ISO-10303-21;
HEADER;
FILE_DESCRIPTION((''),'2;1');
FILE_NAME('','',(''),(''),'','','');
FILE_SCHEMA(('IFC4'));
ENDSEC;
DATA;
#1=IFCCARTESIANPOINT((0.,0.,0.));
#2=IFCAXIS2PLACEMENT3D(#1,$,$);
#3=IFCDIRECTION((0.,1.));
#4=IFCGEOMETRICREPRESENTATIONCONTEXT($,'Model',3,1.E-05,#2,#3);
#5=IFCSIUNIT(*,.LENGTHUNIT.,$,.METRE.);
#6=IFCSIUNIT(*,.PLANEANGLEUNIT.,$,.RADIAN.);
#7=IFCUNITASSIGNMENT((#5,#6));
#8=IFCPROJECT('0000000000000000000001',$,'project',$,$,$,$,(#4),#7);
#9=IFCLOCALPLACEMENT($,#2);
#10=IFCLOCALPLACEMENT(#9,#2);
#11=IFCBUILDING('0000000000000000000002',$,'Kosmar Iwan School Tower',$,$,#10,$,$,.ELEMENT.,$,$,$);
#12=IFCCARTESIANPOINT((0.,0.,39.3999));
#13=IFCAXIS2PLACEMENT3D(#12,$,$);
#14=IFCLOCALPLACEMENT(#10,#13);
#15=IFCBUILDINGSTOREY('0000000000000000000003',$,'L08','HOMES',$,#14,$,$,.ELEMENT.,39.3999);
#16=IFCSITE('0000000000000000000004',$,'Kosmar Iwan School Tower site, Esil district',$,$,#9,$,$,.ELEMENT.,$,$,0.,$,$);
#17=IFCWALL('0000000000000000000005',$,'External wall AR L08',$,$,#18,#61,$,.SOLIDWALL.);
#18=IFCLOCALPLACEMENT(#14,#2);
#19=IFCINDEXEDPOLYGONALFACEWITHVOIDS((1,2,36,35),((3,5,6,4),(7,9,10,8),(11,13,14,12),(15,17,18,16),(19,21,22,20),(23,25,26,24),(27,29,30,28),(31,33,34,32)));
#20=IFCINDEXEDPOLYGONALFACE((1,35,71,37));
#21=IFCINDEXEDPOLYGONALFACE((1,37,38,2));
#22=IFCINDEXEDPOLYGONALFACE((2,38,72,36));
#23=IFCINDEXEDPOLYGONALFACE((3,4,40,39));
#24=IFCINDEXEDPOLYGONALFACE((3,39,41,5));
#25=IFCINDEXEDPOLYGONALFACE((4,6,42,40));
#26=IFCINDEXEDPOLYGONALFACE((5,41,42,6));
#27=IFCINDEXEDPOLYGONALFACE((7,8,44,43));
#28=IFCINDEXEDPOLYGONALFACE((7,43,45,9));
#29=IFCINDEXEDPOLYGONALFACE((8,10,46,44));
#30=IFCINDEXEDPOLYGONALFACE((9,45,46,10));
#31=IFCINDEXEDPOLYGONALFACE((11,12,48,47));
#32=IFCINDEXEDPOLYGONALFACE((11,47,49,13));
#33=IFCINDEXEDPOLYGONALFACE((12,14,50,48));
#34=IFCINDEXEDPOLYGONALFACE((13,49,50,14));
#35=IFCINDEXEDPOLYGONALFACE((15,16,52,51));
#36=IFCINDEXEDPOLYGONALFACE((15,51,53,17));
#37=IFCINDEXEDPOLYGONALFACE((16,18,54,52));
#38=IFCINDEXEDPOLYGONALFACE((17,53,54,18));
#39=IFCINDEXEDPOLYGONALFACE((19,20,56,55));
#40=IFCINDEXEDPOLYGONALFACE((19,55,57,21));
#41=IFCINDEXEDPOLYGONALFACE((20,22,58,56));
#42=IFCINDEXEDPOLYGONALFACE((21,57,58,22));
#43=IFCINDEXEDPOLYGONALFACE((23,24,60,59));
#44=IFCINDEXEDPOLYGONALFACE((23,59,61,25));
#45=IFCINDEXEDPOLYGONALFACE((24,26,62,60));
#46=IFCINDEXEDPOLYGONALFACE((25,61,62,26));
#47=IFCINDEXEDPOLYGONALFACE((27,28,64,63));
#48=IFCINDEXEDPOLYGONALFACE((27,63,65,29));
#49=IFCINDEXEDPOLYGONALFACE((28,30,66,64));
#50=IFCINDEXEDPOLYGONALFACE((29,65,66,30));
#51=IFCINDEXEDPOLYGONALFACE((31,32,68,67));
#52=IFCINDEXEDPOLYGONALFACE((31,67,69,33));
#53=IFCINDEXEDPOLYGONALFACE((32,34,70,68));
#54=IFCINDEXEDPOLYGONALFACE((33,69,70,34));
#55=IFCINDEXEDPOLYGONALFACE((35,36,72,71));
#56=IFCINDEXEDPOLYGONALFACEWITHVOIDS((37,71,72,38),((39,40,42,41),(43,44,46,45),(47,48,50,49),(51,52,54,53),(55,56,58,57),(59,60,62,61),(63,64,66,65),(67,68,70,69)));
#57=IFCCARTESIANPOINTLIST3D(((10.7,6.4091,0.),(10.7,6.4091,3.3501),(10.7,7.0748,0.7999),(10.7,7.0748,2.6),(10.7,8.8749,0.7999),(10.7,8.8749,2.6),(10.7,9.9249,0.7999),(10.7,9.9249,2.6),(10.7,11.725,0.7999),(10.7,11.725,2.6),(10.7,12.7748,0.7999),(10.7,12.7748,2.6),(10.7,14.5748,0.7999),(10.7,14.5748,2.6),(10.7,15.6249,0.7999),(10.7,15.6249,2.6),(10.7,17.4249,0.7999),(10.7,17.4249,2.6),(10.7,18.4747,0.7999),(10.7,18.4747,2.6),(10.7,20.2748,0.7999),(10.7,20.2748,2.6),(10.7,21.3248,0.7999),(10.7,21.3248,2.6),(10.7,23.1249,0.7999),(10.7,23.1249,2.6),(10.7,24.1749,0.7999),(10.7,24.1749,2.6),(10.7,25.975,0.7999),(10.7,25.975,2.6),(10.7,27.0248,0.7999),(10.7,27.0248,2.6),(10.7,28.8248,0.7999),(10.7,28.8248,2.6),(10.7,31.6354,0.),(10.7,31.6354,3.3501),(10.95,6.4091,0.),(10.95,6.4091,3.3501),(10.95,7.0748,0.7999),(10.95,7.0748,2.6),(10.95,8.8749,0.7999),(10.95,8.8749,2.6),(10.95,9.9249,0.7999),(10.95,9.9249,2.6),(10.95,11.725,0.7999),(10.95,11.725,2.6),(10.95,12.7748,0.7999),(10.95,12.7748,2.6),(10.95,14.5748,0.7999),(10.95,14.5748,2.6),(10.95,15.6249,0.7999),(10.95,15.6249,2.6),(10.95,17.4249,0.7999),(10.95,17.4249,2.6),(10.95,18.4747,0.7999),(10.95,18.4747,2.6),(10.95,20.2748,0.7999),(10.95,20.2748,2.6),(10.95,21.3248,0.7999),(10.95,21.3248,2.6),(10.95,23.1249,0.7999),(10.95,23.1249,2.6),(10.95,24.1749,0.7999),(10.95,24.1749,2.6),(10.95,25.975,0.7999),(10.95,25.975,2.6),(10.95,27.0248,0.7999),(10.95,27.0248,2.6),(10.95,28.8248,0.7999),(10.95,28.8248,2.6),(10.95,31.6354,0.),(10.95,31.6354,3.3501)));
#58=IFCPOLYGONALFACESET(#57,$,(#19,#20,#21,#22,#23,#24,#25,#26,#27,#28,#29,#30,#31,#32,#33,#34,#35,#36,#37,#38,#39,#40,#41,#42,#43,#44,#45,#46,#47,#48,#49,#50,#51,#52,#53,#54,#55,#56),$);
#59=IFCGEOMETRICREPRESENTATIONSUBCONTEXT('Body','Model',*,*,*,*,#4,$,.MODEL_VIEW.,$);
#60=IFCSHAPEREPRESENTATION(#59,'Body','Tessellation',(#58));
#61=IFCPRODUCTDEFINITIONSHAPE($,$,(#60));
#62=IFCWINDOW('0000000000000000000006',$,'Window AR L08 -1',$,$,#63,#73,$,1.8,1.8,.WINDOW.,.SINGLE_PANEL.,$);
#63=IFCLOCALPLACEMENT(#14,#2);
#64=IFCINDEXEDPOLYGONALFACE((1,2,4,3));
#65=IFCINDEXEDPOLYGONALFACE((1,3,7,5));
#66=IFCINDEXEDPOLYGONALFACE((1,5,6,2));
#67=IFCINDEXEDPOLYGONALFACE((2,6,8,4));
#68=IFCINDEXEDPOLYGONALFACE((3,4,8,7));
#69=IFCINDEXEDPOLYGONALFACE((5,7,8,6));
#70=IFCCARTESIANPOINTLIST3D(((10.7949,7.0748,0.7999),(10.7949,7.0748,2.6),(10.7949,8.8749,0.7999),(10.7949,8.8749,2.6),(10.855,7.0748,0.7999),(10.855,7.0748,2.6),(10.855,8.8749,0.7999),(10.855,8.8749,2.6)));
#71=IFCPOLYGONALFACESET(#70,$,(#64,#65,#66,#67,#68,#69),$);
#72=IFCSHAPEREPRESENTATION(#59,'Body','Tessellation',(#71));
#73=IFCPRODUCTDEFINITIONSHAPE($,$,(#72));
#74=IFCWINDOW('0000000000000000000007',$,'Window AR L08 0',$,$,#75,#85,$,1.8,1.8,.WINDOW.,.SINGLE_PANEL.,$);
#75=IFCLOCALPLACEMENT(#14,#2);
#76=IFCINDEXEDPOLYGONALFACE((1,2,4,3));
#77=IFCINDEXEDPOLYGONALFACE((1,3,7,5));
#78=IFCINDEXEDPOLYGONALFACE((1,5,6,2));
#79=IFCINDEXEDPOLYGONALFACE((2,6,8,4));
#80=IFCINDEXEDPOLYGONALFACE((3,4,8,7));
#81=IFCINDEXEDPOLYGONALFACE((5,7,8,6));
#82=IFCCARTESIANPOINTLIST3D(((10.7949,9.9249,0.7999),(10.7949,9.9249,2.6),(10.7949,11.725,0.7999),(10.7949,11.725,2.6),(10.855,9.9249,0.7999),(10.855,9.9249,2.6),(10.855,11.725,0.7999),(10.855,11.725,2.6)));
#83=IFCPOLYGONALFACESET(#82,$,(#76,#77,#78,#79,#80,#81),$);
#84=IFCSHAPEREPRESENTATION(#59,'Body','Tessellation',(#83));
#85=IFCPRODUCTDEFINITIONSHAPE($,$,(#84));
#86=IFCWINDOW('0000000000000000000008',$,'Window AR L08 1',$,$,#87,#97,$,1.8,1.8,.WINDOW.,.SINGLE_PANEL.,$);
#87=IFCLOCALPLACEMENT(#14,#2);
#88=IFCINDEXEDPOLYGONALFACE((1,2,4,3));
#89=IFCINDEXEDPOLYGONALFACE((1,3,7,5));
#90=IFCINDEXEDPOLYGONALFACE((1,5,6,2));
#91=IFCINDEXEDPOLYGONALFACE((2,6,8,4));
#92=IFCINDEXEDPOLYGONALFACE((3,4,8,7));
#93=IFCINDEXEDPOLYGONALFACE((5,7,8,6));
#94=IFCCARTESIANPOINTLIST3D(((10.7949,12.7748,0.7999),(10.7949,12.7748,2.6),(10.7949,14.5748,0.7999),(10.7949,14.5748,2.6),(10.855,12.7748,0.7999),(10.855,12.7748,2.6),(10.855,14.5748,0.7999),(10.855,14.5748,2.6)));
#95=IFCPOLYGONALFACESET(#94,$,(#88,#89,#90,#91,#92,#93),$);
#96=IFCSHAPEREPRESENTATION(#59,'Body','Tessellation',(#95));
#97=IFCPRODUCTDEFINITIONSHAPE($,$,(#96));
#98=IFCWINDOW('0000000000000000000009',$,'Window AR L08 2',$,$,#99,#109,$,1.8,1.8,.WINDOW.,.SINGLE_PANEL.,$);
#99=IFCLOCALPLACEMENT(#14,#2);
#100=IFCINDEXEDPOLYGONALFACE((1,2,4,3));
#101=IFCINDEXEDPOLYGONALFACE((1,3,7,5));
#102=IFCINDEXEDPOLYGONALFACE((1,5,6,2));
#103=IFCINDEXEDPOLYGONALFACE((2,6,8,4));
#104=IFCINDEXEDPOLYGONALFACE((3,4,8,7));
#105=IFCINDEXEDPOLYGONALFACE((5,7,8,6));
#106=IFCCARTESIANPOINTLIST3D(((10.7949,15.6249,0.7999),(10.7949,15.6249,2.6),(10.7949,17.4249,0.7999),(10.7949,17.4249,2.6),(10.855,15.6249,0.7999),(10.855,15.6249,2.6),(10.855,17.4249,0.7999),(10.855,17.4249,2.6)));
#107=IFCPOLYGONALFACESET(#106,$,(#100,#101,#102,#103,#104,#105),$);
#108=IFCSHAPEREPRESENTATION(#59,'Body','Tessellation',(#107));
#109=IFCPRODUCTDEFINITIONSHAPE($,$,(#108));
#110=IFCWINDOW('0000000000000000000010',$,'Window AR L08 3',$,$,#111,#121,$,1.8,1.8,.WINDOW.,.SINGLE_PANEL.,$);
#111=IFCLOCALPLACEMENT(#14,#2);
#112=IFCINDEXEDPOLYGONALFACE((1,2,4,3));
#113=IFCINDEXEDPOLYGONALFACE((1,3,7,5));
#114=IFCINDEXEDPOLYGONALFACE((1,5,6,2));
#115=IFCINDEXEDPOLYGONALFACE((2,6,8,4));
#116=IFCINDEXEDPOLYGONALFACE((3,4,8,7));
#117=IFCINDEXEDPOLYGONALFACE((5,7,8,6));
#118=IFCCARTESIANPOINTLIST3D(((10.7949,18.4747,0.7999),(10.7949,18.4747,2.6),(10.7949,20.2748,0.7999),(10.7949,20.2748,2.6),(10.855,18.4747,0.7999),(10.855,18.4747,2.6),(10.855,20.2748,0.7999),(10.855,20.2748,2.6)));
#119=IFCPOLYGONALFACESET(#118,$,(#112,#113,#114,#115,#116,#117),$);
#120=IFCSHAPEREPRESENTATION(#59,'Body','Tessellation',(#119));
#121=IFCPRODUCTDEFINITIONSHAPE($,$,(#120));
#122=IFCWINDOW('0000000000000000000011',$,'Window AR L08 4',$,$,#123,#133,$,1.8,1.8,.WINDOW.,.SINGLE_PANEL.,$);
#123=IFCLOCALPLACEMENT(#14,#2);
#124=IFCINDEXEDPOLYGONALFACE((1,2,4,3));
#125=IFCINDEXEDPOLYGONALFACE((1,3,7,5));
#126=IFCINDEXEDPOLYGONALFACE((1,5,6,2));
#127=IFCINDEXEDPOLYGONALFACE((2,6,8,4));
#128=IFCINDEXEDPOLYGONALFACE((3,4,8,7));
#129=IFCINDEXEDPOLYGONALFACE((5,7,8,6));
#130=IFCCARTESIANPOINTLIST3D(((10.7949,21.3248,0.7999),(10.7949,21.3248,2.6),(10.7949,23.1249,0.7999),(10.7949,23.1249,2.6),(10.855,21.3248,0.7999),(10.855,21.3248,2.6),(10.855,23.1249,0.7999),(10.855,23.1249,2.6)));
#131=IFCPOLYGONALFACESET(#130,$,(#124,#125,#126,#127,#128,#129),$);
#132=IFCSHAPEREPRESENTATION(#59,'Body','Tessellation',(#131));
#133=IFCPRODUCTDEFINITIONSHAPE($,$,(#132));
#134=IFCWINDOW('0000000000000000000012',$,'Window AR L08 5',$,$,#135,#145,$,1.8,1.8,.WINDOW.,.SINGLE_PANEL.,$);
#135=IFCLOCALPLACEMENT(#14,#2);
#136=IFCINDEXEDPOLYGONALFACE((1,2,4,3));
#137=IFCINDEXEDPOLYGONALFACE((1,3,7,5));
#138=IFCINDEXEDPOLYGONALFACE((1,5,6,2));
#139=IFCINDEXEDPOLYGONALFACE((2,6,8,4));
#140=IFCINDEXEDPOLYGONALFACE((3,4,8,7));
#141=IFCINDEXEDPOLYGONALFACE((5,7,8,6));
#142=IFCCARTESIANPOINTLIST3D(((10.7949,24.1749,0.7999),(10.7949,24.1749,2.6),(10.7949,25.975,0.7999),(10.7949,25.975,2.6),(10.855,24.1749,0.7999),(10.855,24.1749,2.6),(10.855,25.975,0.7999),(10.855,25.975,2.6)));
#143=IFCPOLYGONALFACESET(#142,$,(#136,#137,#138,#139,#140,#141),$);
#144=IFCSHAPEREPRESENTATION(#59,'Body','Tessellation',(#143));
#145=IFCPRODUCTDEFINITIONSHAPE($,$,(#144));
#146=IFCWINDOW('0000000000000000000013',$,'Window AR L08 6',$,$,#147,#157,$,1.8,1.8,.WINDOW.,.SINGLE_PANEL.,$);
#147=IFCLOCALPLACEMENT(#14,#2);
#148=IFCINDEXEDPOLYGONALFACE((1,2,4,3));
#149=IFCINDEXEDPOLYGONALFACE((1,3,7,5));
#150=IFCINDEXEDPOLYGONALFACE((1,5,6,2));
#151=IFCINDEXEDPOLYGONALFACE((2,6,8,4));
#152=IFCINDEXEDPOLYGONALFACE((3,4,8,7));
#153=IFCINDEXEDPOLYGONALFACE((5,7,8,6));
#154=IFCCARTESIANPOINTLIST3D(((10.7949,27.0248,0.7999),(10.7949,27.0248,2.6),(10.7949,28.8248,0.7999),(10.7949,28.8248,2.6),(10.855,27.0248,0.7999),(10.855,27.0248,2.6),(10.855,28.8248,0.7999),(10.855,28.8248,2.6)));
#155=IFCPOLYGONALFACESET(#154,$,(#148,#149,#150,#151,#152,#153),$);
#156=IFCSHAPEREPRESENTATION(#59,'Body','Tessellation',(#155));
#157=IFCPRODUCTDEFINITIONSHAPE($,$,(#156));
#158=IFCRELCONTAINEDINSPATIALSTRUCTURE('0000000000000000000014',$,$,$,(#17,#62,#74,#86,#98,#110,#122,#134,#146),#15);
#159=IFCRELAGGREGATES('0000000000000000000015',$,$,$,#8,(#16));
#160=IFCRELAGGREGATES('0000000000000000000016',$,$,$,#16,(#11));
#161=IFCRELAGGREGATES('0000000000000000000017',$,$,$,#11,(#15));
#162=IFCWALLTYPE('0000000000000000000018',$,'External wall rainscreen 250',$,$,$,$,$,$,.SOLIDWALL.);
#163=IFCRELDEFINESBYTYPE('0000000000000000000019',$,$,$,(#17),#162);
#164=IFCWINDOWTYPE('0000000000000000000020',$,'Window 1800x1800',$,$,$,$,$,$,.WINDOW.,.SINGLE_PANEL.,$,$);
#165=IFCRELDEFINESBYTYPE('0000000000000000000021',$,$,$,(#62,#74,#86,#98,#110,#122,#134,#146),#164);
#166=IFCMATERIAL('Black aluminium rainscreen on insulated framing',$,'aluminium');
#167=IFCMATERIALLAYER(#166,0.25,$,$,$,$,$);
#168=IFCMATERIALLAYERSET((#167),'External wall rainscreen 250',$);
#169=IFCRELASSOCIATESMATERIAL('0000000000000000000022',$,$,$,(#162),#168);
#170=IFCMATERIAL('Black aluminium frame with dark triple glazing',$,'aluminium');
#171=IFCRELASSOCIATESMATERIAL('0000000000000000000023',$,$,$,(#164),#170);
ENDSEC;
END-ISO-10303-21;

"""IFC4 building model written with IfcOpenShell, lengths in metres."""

from ifc_helpers import new_model, si_unit, direction, frame, frame_2d, origin, place, context, subcontext, project, spatial, rectangle, extrude, material, layer, layer_set, type_object, element, fill, save


model = new_model("IFC4")

# Units and contexts
model_context = context("Model", 3, precision=1e-05, world=origin(), true_north=direction((0.0, 1.0)))
body_context = subcontext(model_context, "Body", "Model", "MODEL_VIEW")
ifc_project = project(units=[si_unit("LENGTHUNIT", "METRE"), si_unit("PLANEANGLEUNIT", "RADIAN")], contexts=[model_context])

# Site, building, storey
site_placement = place(None, origin())
site = spatial("IfcSite", under=ifc_project, at=site_placement, Name="Kosmar Iwan School Tower site, Esil district", CompositionType="ELEMENT", RefElevation=0.0)
building_placement = place(site_placement, origin())
building = spatial("IfcBuilding", under=site, at=building_placement, Name="Kosmar Iwan School Tower", CompositionType="ELEMENT")
storey_placement = place(building_placement, frame((0.0, 0.0, 39.3999)))
storey = spatial("IfcBuildingStorey", under=building, at=storey_placement, Name="L08", Description="HOMES", CompositionType="ELEMENT", Elevation=39.3999)

# Wall, openings, windows
ifc_material_1 = material(Name="Black aluminium rainscreen on insulated framing", Category="aluminium")
ifc_layer = layer(ifc_material_1, 0.25)
ifc_layer_set = layer_set([ifc_layer], Name="External wall rainscreen 250")
wall_type = type_object("IfcWallType", Name="External wall rainscreen 250", PredefinedType="SOLIDWALL", material=ifc_layer_set)
ifc_material_2 = material(Name="Black aluminium frame with dark triple glazing", Category="aluminium")
window_type = type_object("IfcWindowType", Name="Window 1800x1800", PartitioningType="SINGLE_PANEL", PredefinedType="WINDOW", material=ifc_material_2)
wall_1_placement = place(storey_placement, frame((10.825, 6.4089, 0.0), z_axis=(0.0, 0.0, 1.0), x_axis=(0.0, 1.0, 0.0)))
wall_1 = element("IfcWall", 1, at=wall_1_placement, inside=storey, type_object=wall_type, Name="External wall AR L08", PredefinedType="SOLIDWALL", context=body_context, shape_type="SweptSolid", body=[
    extrude(rectangle(XDim=25.2263, YDim=0.25, at=frame_2d((12.6133, 0.0))), origin(), (0.0, 0.0, 1.0), 3.3501),
])
opening_1_placement = place(wall_1_placement, frame((0.666, 0.0, 0.8)))
opening_1 = element("IfcOpeningElement", 2, at=opening_1_placement, cuts=wall_1, PredefinedType="OPENING", context=body_context, shape_type="SweptSolid", body=[
    extrude(rectangle(XDim=1.8, YDim=1.8, at=frame_2d((0.8999, 0.8999))), frame((0.0, 0.137, 0.0), z_axis=(0.0, -1.0, 0.0), x_axis=(1.0, 0.0, 0.0)), (0.0, 0.0, 1.0), 0.2739),
])
opening_2_placement = place(wall_1_placement, frame((3.5161, 0.0, 0.8)))
opening_2 = element("IfcOpeningElement", 3, at=opening_2_placement, cuts=wall_1, PredefinedType="OPENING", context=body_context, shape_type="SweptSolid", body=[
    extrude(rectangle(XDim=1.8, YDim=1.8, at=frame_2d((0.8999, 0.8999))), frame((0.0, 0.137, 0.0), z_axis=(0.0, -1.0, 0.0), x_axis=(1.0, 0.0, 0.0)), (0.0, 0.0, 1.0), 0.2739),
])
opening_3_placement = place(wall_1_placement, frame((6.366, 0.0, 0.8)))
opening_3 = element("IfcOpeningElement", 4, at=opening_3_placement, cuts=wall_1, PredefinedType="OPENING", context=body_context, shape_type="SweptSolid", body=[
    extrude(rectangle(XDim=1.8, YDim=1.8, at=frame_2d((0.8999, 0.8999))), frame((0.0, 0.137, 0.0), z_axis=(0.0, -1.0, 0.0), x_axis=(1.0, 0.0, 0.0)), (0.0, 0.0, 1.0), 0.2739),
])
opening_4_placement = place(wall_1_placement, frame((9.2161, 0.0, 0.8)))
opening_4 = element("IfcOpeningElement", 5, at=opening_4_placement, cuts=wall_1, PredefinedType="OPENING", context=body_context, shape_type="SweptSolid", body=[
    extrude(rectangle(XDim=1.8, YDim=1.8, at=frame_2d((0.8999, 0.8999))), frame((0.0, 0.137, 0.0), z_axis=(0.0, -1.0, 0.0), x_axis=(1.0, 0.0, 0.0)), (0.0, 0.0, 1.0), 0.2739),
])
opening_5_placement = place(wall_1_placement, frame((12.0659, 0.0, 0.8)))
opening_5 = element("IfcOpeningElement", 6, at=opening_5_placement, cuts=wall_1, PredefinedType="OPENING", context=body_context, shape_type="SweptSolid", body=[
    extrude(rectangle(XDim=1.8, YDim=1.8, at=frame_2d((0.8999, 0.8999))), frame((0.0, 0.137, 0.0), z_axis=(0.0, -1.0, 0.0), x_axis=(1.0, 0.0, 0.0)), (0.0, 0.0, 1.0), 0.2739),
])
opening_6_placement = place(wall_1_placement, frame((14.916, 0.0, 0.8)))
opening_6 = element("IfcOpeningElement", 7, at=opening_6_placement, cuts=wall_1, PredefinedType="OPENING", context=body_context, shape_type="SweptSolid", body=[
    extrude(rectangle(XDim=1.8, YDim=1.8, at=frame_2d((0.8999, 0.8999))), frame((0.0, 0.137, 0.0), z_axis=(0.0, -1.0, 0.0), x_axis=(1.0, 0.0, 0.0)), (0.0, 0.0, 1.0), 0.2739),
])
opening_7_placement = place(wall_1_placement, frame((17.7661, 0.0, 0.8)))
opening_7 = element("IfcOpeningElement", 8, at=opening_7_placement, cuts=wall_1, PredefinedType="OPENING", context=body_context, shape_type="SweptSolid", body=[
    extrude(rectangle(XDim=1.8, YDim=1.8, at=frame_2d((0.8999, 0.8999))), frame((0.0, 0.137, 0.0), z_axis=(0.0, -1.0, 0.0), x_axis=(1.0, 0.0, 0.0)), (0.0, 0.0, 1.0), 0.2739),
])
opening_8_placement = place(wall_1_placement, frame((20.616, 0.0, 0.8)))
opening_8 = element("IfcOpeningElement", 9, at=opening_8_placement, cuts=wall_1, PredefinedType="OPENING", context=body_context, shape_type="SweptSolid", body=[
    extrude(rectangle(XDim=1.8, YDim=1.8, at=frame_2d((0.8999, 0.8999))), frame((0.0, 0.137, 0.0), z_axis=(0.0, -1.0, 0.0), x_axis=(1.0, 0.0, 0.0)), (0.0, 0.0, 1.0), 0.2739),
])
window_1_placement = place(opening_1_placement, origin())
window_1 = element("IfcWindow", 10, at=window_1_placement, inside=storey, type_object=window_type, Name="Window AR L08 -1", OverallHeight=1.8, OverallWidth=1.8, PartitioningType="SINGLE_PANEL", PredefinedType="WINDOW", context=body_context, shape_type="SweptSolid", body=[
    extrude(rectangle(XDim=1.8, YDim=1.8, at=frame_2d((0.8999, 0.8999))), frame((0.0, 0.03, 0.0), z_axis=(0.0, -1.0, 0.0), x_axis=(1.0, 0.0, 0.0)), (0.0, 0.0, 1.0), 0.0601),
])
fill(opening_1, window_1)
window_2_placement = place(opening_2_placement, origin())
window_2 = element("IfcWindow", 11, at=window_2_placement, inside=storey, type_object=window_type, Name="Window AR L08 0", OverallHeight=1.8, OverallWidth=1.8, PartitioningType="SINGLE_PANEL", PredefinedType="WINDOW", context=body_context, shape_type="SweptSolid", body=[
    extrude(rectangle(XDim=1.8, YDim=1.8, at=frame_2d((0.8999, 0.8999))), frame((0.0, 0.03, 0.0), z_axis=(0.0, -1.0, 0.0), x_axis=(1.0, 0.0, 0.0)), (0.0, 0.0, 1.0), 0.0601),
])
fill(opening_2, window_2)
window_3_placement = place(opening_3_placement, origin())
window_3 = element("IfcWindow", 12, at=window_3_placement, inside=storey, type_object=window_type, Name="Window AR L08 1", OverallHeight=1.8, OverallWidth=1.8, PartitioningType="SINGLE_PANEL", PredefinedType="WINDOW", context=body_context, shape_type="SweptSolid", body=[
    extrude(rectangle(XDim=1.8, YDim=1.8, at=frame_2d((0.8999, 0.8999))), frame((0.0, 0.03, 0.0), z_axis=(0.0, -1.0, 0.0), x_axis=(1.0, 0.0, 0.0)), (0.0, 0.0, 1.0), 0.0601),
])
fill(opening_3, window_3)
window_4_placement = place(opening_4_placement, origin())
window_4 = element("IfcWindow", 13, at=window_4_placement, inside=storey, type_object=window_type, Name="Window AR L08 2", OverallHeight=1.8, OverallWidth=1.8, PartitioningType="SINGLE_PANEL", PredefinedType="WINDOW", context=body_context, shape_type="SweptSolid", body=[
    extrude(rectangle(XDim=1.8, YDim=1.8, at=frame_2d((0.8999, 0.8999))), frame((0.0, 0.03, 0.0), z_axis=(0.0, -1.0, 0.0), x_axis=(1.0, 0.0, 0.0)), (0.0, 0.0, 1.0), 0.0601),
])
fill(opening_4, window_4)
window_5_placement = place(opening_5_placement, origin())
window_5 = element("IfcWindow", 14, at=window_5_placement, inside=storey, type_object=window_type, Name="Window AR L08 3", OverallHeight=1.8, OverallWidth=1.8, PartitioningType="SINGLE_PANEL", PredefinedType="WINDOW", context=body_context, shape_type="SweptSolid", body=[
    extrude(rectangle(XDim=1.8, YDim=1.8, at=frame_2d((0.8999, 0.8999))), frame((0.0, 0.03, 0.0), z_axis=(0.0, -1.0, 0.0), x_axis=(1.0, 0.0, 0.0)), (0.0, 0.0, 1.0), 0.0601),
])
fill(opening_5, window_5)
window_6_placement = place(opening_6_placement, origin())
window_6 = element("IfcWindow", 15, at=window_6_placement, inside=storey, type_object=window_type, Name="Window AR L08 4", OverallHeight=1.8, OverallWidth=1.8, PartitioningType="SINGLE_PANEL", PredefinedType="WINDOW", context=body_context, shape_type="SweptSolid", body=[
    extrude(rectangle(XDim=1.8, YDim=1.8, at=frame_2d((0.8999, 0.8999))), frame((0.0, 0.03, 0.0), z_axis=(0.0, -1.0, 0.0), x_axis=(1.0, 0.0, 0.0)), (0.0, 0.0, 1.0), 0.0601),
])
fill(opening_6, window_6)
window_7_placement = place(opening_7_placement, origin())
window_7 = element("IfcWindow", 16, at=window_7_placement, inside=storey, type_object=window_type, Name="Window AR L08 5", OverallHeight=1.8, OverallWidth=1.8, PartitioningType="SINGLE_PANEL", PredefinedType="WINDOW", context=body_context, shape_type="SweptSolid", body=[
    extrude(rectangle(XDim=1.8, YDim=1.8, at=frame_2d((0.8999, 0.8999))), frame((0.0, 0.03, 0.0), z_axis=(0.0, -1.0, 0.0), x_axis=(1.0, 0.0, 0.0)), (0.0, 0.0, 1.0), 0.0601),
])
fill(opening_7, window_7)
window_8_placement = place(opening_8_placement, origin())
window_8 = element("IfcWindow", 17, at=window_8_placement, inside=storey, type_object=window_type, Name="Window AR L08 6", OverallHeight=1.8, OverallWidth=1.8, PartitioningType="SINGLE_PANEL", PredefinedType="WINDOW", context=body_context, shape_type="SweptSolid", body=[
    extrude(rectangle(XDim=1.8, YDim=1.8, at=frame_2d((0.8999, 0.8999))), frame((0.0, 0.03, 0.0), z_axis=(0.0, -1.0, 0.0), x_axis=(1.0, 0.0, 0.0)), (0.0, 0.0, 1.0), 0.0601),
])
fill(opening_8, window_8)

save(model, "model.ifc")
